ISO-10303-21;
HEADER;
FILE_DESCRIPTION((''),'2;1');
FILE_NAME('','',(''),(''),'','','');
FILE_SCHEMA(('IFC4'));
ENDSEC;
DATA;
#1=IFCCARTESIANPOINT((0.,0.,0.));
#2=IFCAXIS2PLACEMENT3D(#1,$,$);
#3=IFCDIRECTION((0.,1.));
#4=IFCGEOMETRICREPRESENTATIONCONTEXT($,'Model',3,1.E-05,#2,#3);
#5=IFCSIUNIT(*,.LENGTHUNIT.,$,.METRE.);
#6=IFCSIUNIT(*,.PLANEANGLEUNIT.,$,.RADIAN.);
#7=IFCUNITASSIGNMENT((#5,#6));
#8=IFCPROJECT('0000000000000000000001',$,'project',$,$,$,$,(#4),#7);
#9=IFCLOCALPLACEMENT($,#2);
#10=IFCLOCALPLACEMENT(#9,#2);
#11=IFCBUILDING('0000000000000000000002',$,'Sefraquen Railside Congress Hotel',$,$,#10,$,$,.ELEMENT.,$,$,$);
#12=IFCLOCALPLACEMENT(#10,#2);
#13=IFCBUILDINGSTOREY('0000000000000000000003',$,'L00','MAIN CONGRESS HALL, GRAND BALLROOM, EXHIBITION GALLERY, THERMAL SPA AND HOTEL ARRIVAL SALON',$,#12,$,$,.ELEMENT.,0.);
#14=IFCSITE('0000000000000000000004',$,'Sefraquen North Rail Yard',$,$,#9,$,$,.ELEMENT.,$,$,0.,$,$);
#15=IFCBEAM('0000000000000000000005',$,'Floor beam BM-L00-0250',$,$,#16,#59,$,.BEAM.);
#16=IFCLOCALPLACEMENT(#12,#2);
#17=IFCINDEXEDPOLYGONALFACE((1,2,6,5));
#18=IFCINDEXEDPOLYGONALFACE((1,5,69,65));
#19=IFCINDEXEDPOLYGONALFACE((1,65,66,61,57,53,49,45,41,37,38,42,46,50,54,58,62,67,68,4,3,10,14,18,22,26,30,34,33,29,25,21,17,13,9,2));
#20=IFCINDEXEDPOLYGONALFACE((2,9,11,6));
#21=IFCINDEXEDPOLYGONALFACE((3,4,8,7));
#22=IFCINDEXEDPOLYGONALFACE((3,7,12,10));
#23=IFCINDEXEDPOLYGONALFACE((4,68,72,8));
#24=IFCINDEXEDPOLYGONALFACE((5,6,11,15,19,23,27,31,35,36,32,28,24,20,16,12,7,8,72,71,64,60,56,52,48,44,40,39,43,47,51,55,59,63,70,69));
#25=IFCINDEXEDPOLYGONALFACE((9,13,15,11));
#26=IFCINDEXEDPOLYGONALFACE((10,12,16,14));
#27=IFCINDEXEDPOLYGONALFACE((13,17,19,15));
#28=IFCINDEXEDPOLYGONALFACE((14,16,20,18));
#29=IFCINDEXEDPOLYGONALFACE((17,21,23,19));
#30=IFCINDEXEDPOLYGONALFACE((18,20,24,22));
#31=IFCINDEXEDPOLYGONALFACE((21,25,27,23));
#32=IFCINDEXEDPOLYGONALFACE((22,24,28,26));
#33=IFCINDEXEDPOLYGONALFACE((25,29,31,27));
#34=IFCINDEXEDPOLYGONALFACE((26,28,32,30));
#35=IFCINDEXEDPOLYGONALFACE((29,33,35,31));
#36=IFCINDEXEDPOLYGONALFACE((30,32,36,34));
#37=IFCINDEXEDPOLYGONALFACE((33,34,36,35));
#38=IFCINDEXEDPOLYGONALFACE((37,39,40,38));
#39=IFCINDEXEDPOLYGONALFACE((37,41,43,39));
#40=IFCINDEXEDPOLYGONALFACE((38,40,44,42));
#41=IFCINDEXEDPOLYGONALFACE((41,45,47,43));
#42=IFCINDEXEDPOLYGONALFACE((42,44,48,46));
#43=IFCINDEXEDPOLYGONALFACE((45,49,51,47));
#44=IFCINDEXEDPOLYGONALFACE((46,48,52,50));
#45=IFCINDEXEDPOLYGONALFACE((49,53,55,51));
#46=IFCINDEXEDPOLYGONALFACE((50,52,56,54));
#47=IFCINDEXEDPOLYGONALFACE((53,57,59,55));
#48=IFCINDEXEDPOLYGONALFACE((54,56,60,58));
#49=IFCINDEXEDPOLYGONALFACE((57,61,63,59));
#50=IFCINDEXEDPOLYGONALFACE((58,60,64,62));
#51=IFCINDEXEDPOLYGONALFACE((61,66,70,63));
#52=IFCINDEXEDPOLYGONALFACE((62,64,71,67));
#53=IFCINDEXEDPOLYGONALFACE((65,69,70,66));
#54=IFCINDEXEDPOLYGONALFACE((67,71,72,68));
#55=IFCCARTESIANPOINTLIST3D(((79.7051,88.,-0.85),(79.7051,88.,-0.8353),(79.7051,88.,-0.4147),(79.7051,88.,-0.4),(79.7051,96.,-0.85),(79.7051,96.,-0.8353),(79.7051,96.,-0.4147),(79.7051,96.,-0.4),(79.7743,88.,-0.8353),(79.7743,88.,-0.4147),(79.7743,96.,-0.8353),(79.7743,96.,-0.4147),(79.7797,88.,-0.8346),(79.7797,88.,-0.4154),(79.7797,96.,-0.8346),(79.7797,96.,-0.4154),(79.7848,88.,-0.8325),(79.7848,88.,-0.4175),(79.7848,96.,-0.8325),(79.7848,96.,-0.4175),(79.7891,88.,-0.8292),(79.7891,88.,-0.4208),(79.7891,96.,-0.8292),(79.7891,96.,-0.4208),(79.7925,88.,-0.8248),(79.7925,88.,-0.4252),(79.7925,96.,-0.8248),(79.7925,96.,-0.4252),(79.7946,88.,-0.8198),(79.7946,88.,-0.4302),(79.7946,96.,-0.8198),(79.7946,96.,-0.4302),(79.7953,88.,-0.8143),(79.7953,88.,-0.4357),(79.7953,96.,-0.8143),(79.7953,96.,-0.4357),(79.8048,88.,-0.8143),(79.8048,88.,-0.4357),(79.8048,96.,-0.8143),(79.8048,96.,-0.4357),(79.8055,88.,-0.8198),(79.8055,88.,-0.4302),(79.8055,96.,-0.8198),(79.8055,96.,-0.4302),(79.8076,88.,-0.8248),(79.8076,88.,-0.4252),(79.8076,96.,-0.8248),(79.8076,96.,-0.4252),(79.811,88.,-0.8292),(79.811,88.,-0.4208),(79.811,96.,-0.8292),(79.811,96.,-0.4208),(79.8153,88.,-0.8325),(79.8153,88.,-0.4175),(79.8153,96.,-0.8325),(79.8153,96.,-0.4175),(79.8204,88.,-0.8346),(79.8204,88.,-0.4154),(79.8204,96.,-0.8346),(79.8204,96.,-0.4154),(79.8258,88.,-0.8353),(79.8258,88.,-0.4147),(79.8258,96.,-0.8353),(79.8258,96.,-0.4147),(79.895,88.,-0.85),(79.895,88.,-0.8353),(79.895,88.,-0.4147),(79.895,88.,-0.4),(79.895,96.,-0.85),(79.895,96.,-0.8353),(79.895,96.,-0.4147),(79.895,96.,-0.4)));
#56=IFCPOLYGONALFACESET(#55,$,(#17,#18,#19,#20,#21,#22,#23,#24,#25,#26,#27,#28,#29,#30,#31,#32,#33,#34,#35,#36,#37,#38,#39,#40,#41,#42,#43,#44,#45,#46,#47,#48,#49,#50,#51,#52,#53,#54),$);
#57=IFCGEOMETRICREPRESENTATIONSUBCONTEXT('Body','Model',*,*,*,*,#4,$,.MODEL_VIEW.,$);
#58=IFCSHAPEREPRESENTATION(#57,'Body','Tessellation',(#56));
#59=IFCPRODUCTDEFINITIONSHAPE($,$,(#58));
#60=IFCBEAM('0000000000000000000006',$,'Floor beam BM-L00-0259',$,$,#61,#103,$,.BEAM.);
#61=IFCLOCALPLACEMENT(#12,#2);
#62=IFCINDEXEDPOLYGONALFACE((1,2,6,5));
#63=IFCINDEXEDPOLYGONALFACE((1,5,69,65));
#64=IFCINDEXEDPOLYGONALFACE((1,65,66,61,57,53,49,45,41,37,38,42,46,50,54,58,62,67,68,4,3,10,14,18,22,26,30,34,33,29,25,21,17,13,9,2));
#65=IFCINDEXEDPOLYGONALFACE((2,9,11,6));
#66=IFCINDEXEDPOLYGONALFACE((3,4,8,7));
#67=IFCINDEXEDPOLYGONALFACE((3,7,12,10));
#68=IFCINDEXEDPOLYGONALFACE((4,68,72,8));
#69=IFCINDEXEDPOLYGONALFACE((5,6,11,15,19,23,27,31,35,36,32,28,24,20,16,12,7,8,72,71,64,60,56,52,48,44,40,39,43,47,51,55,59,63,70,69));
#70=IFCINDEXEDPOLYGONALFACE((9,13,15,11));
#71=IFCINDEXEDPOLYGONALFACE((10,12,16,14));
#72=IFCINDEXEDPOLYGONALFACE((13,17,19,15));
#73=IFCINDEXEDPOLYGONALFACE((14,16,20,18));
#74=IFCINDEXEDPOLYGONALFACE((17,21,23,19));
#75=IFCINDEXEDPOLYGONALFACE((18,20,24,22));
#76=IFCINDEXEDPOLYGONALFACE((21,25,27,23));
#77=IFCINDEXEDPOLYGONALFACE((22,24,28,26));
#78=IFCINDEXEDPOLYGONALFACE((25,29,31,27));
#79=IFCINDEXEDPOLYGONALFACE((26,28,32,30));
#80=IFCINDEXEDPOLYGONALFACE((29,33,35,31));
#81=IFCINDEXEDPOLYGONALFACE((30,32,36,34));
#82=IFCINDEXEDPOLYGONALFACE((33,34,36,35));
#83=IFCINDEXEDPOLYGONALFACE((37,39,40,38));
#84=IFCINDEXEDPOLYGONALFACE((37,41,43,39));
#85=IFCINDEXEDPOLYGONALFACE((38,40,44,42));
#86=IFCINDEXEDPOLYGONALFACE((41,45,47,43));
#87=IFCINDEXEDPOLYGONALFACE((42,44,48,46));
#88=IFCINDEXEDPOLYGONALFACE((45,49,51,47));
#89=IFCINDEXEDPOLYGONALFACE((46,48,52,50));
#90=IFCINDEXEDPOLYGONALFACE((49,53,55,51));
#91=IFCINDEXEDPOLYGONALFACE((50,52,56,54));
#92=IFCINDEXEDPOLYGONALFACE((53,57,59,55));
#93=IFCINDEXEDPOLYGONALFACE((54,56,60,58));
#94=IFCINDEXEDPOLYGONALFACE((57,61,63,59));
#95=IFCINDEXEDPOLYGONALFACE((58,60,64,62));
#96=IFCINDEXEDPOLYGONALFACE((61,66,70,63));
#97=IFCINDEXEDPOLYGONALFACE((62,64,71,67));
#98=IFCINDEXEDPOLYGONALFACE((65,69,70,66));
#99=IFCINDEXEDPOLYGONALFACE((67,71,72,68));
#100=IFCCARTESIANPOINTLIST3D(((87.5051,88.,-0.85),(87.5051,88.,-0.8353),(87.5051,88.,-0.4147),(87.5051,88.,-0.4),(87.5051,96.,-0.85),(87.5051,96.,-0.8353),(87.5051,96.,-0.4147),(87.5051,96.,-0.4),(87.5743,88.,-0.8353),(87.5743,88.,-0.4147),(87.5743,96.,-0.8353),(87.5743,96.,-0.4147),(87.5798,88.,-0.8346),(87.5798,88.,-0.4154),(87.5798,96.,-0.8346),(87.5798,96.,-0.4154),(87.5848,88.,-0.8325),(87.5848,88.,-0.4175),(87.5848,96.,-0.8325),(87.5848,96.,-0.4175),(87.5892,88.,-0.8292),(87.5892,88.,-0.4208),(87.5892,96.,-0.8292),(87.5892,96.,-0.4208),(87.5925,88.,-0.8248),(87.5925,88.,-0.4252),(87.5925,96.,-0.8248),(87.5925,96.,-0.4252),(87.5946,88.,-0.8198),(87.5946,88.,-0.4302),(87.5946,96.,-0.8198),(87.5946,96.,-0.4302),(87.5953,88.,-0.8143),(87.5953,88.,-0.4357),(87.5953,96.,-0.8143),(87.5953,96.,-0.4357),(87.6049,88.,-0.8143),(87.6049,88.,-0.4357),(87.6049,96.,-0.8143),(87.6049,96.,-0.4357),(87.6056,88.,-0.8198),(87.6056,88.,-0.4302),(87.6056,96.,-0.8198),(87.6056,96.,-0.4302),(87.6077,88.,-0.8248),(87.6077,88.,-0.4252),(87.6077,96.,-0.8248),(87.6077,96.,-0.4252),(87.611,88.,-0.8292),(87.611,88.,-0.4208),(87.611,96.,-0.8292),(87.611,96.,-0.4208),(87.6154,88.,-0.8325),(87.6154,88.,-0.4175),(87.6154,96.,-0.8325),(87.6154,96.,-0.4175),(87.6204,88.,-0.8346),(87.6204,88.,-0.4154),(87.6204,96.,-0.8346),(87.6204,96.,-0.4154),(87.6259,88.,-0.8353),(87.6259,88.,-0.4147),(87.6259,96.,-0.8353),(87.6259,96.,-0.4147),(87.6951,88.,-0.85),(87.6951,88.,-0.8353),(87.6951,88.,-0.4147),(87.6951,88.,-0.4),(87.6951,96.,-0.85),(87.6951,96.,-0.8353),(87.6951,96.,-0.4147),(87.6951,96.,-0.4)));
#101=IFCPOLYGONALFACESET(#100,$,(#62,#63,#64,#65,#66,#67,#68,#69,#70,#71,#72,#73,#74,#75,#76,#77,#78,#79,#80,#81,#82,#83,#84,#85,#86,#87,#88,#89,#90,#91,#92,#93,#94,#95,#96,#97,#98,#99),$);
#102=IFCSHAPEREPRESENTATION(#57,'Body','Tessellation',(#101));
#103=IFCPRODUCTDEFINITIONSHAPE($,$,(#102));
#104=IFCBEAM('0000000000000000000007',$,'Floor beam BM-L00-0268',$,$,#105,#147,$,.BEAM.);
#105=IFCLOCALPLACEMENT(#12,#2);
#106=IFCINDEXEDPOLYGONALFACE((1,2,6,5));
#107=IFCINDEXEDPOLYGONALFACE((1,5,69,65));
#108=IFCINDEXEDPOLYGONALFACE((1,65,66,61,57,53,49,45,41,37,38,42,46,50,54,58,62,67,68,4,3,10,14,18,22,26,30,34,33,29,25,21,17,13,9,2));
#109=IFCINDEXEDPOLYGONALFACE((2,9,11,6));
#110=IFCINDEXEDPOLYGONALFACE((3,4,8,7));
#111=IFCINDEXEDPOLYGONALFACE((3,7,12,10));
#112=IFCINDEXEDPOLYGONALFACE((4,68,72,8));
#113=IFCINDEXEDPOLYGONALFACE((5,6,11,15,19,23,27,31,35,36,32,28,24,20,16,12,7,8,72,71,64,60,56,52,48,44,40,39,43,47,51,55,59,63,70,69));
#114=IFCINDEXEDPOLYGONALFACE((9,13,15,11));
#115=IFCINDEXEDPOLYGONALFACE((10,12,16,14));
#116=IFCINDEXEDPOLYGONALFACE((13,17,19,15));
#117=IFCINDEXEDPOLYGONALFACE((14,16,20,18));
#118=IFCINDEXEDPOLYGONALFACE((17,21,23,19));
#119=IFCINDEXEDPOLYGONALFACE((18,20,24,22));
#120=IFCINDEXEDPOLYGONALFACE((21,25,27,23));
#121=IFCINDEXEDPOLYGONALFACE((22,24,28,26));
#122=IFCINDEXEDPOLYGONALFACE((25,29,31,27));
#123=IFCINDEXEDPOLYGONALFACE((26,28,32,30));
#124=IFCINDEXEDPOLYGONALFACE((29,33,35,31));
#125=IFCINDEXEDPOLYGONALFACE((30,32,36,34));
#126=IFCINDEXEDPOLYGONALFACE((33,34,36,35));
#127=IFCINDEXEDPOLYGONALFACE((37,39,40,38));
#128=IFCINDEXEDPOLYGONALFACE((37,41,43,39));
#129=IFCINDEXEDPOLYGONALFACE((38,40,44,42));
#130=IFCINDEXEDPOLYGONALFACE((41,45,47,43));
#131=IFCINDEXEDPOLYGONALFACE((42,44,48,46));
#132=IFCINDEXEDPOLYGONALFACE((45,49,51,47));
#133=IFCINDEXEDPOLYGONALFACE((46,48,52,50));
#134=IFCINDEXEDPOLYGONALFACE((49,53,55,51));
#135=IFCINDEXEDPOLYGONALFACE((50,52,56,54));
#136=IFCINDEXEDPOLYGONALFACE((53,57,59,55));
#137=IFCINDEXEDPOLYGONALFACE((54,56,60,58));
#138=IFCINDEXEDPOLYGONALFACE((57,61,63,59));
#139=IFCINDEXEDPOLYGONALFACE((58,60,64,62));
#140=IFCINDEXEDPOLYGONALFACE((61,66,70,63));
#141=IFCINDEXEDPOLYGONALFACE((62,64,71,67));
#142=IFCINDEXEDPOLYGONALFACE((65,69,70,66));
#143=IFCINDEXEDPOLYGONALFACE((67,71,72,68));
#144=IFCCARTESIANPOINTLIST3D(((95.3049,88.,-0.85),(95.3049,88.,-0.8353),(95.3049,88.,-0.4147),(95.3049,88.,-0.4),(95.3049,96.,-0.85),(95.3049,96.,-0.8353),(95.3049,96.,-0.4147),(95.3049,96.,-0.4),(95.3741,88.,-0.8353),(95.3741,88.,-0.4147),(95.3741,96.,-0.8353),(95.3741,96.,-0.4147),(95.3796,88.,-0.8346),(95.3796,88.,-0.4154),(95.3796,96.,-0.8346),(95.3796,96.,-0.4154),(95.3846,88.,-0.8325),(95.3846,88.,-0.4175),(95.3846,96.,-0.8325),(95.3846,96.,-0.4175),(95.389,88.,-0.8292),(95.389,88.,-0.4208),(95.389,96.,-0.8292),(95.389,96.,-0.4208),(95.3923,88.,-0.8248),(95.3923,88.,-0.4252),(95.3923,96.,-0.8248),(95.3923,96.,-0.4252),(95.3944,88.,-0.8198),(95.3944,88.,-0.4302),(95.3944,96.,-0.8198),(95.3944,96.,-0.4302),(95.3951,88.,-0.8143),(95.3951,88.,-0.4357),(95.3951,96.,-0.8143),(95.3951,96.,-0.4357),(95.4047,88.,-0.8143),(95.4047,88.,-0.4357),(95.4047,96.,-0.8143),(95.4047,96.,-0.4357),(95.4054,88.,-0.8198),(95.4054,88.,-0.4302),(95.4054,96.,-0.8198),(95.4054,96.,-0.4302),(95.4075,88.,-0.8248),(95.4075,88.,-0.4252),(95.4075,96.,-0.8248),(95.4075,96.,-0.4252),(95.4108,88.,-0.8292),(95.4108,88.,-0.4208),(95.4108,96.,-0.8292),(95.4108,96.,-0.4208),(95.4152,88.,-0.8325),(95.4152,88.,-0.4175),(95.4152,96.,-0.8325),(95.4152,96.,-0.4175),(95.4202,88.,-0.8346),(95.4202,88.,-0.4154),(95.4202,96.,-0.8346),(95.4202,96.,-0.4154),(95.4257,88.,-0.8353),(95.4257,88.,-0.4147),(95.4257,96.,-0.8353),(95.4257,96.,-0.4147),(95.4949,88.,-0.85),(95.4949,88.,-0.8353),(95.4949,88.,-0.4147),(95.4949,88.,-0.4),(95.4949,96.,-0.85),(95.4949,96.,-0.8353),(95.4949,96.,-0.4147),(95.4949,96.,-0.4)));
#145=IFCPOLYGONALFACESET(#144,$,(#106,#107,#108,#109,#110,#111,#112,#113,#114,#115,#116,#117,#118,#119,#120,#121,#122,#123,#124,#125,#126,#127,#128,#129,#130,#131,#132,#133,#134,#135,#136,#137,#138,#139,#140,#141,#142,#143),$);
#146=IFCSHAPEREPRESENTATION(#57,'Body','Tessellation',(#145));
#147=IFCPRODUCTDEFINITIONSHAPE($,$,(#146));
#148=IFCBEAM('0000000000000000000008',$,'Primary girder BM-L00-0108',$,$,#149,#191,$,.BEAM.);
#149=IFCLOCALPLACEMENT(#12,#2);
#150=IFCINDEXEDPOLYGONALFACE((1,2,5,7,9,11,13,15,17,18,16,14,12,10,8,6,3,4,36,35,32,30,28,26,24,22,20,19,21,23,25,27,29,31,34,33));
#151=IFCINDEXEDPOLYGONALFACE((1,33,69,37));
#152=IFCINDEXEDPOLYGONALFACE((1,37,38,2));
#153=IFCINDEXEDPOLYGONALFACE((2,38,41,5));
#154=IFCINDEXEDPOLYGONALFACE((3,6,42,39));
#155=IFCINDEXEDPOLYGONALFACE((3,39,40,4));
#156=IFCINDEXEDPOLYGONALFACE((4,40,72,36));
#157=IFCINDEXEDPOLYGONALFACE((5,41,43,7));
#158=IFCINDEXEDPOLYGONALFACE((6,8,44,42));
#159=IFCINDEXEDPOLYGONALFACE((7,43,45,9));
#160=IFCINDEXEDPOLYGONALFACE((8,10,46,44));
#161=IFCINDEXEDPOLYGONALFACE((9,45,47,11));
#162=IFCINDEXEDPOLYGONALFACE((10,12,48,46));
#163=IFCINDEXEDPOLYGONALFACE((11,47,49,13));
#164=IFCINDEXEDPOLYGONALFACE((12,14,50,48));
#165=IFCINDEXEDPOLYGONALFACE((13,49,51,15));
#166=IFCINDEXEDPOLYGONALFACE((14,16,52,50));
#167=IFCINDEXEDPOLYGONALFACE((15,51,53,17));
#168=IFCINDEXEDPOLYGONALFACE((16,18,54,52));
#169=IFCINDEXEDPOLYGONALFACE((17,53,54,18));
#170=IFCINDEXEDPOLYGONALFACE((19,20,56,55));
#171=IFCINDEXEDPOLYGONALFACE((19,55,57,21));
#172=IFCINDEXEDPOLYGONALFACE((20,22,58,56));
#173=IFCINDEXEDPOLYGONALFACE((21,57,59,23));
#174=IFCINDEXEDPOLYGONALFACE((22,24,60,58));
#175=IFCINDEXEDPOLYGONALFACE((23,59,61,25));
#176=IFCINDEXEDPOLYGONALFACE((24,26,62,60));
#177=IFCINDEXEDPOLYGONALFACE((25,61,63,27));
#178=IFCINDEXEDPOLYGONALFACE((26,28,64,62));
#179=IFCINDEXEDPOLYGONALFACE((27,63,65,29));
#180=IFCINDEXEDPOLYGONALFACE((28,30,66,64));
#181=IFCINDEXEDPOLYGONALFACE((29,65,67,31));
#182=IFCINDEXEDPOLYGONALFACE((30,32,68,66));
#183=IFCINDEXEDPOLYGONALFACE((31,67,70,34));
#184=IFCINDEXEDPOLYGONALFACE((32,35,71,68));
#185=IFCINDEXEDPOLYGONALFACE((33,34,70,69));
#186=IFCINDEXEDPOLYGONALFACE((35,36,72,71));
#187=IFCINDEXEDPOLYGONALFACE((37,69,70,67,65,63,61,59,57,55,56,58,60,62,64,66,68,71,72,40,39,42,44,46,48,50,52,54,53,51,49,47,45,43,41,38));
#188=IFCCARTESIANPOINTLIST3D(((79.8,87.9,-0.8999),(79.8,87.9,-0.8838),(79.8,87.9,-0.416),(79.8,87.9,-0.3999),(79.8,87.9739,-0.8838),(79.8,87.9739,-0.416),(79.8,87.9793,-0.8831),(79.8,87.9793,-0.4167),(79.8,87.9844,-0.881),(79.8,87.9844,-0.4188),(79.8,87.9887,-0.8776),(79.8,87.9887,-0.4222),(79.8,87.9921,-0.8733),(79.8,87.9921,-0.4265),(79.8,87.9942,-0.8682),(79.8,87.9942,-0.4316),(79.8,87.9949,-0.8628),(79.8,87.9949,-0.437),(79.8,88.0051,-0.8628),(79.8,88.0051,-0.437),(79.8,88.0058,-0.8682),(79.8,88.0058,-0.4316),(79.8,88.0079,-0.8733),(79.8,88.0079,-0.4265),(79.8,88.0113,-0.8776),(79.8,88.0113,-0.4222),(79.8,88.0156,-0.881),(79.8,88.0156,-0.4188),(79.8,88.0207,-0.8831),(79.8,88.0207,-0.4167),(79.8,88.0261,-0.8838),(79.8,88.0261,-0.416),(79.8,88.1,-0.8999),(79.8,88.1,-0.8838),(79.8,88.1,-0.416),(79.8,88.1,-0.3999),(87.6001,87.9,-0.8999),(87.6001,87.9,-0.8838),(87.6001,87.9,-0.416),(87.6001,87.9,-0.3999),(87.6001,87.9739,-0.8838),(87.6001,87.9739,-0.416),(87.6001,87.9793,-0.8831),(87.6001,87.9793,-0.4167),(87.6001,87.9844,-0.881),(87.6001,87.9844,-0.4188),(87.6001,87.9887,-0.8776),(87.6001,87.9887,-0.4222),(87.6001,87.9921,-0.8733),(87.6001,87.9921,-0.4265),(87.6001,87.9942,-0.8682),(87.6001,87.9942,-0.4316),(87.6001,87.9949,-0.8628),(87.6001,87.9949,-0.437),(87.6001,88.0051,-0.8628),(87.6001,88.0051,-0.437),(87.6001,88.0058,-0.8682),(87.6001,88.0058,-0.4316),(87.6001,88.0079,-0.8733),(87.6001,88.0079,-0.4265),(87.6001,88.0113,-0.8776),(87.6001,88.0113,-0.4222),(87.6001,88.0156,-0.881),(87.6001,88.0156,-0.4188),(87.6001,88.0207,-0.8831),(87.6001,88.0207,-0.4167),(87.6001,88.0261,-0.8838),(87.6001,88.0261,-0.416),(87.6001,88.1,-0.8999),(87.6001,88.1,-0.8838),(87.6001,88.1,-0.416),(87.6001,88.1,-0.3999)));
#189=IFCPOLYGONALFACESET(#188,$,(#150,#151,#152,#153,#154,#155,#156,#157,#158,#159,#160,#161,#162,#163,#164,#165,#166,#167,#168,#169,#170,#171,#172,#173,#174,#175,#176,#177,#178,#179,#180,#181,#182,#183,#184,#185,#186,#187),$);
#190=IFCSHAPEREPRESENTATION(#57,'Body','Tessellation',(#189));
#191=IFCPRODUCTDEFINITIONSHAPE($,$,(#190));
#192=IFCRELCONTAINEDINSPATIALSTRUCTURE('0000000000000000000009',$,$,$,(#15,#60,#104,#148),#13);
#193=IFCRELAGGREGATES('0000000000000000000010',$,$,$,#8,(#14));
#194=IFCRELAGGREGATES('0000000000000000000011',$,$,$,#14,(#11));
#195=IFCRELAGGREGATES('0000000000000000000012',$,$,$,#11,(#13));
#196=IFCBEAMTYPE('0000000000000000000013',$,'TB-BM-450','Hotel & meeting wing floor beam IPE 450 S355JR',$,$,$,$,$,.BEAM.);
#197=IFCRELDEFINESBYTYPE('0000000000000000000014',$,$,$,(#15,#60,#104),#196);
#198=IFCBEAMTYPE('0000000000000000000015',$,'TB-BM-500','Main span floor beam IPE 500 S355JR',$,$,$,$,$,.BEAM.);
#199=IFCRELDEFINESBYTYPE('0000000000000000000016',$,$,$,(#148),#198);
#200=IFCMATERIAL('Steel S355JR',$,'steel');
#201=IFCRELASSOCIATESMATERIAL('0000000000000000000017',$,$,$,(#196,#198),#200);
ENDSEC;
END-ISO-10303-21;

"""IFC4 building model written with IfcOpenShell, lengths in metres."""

from ifc_helpers import new_model, si_unit, direction, frame, origin, origin_2d, place, context, subcontext, project, spatial, i_section, extrude, material, material_profile, profile_set, type_object, element, save


model = new_model("IFC4")

# Units and contexts
model_context = context("Model", 3, precision=1e-05, world=origin(), true_north=direction((0.0, 1.0)))
body_context = subcontext(model_context, "Body", "Model", "MODEL_VIEW")
ifc_project = project(units=[si_unit("LENGTHUNIT", "METRE"), si_unit("PLANEANGLEUNIT", "RADIAN")], contexts=[model_context])

# Site, building, storey
site_placement = place(None, origin())
site = spatial("IfcSite", under=ifc_project, at=site_placement, Name="Sefraquen North Rail Yard", CompositionType="ELEMENT", RefElevation=0.0)
building_placement = place(site_placement, origin())
building = spatial("IfcBuilding", under=site, at=building_placement, Name="Sefraquen Railside Congress Hotel", CompositionType="ELEMENT")
storey_placement = place(building_placement, origin())
storey = spatial("IfcBuildingStorey", under=building, at=storey_placement, Name="L00", Description="MAIN CONGRESS HALL, GRAND BALLROOM, EXHIBITION GALLERY, THERMAL SPA AND HOTEL ARRIVAL SALON", CompositionType="ELEMENT", Elevation=0.0)

# Shared definitions
ifc_material_1 = material(Name="Steel S355JR", Category="steel")

# Beams
ifc_material_profile_1 = material_profile(ifc_material_1, i_section(OverallWidth=0.1899, OverallDepth=0.45, WebThickness=0.0095, FlangeThickness=0.0146, FilletRadius=0.021, at=origin_2d()), Name="IPE 450")
ifc_profile_set_1 = profile_set([ifc_material_profile_1], Name="Steel S355JR")
beam_type_1 = type_object("IfcBeamType", Name="TB-BM-450", Description="Hotel & meeting wing floor beam IPE 450 S355JR", PredefinedType="BEAM", material=ifc_profile_set_1)
for number, where, z_axis, x_axis, name in (
    (1, (79.8, 88.0, -0.625), (0.0, 1.0, 0.0), (-1.0, 0.0, 0.0), "Floor beam BM-L00-0250"),
    (2, (87.6001, 88.0, -0.625), (0.0, 1.0, 0.0), (-1.0, 0.0, 0.0), "Floor beam BM-L00-0259"),
    (3, (95.3999, 88.0, -0.625), (0.0, 1.0, 0.0), (-1.0, 0.0, 0.0), "Floor beam BM-L00-0268"),
):
    element("IfcBeam", number, at=place(storey_placement, frame(where, z_axis=z_axis, x_axis=x_axis)), inside=storey, type_object=beam_type_1, Name=name, PredefinedType="BEAM", context=body_context, shape_type="SweptSolid", body=[
        extrude(i_section(OverallWidth=0.1899, OverallDepth=0.45, WebThickness=0.0095, FlangeThickness=0.0146, FilletRadius=0.021, at=origin_2d()), origin(), (0.0, 0.0, 1.0), 8.0),
    ])
ifc_material_profile_2 = material_profile(ifc_material_1, i_section(OverallWidth=0.2, OverallDepth=0.5, WebThickness=0.0103, FlangeThickness=0.0161, FilletRadius=0.021, at=origin_2d()), Name="IPE 500")
ifc_profile_set_2 = profile_set([ifc_material_profile_2], Name="Steel S355JR")
beam_type_2 = type_object("IfcBeamType", Name="TB-BM-500", Description="Main span floor beam IPE 500 S355JR", PredefinedType="BEAM", material=ifc_profile_set_2)
beam_1_placement = place(storey_placement, frame((79.8, 88.0, -0.6499), z_axis=(1.0, 0.0, 0.0), x_axis=(0.0, 1.0, 0.0)))
element("IfcBeam", 4, at=beam_1_placement, inside=storey, type_object=beam_type_2, Name="Primary girder BM-L00-0108", PredefinedType="BEAM", context=body_context, shape_type="SweptSolid", body=[
    extrude(i_section(OverallWidth=0.2, OverallDepth=0.5, WebThickness=0.0103, FlangeThickness=0.0161, FilletRadius=0.021, at=origin_2d()), origin(), (0.0, 0.0, 1.0), 7.8),
])

save(model, "model.ifc")
